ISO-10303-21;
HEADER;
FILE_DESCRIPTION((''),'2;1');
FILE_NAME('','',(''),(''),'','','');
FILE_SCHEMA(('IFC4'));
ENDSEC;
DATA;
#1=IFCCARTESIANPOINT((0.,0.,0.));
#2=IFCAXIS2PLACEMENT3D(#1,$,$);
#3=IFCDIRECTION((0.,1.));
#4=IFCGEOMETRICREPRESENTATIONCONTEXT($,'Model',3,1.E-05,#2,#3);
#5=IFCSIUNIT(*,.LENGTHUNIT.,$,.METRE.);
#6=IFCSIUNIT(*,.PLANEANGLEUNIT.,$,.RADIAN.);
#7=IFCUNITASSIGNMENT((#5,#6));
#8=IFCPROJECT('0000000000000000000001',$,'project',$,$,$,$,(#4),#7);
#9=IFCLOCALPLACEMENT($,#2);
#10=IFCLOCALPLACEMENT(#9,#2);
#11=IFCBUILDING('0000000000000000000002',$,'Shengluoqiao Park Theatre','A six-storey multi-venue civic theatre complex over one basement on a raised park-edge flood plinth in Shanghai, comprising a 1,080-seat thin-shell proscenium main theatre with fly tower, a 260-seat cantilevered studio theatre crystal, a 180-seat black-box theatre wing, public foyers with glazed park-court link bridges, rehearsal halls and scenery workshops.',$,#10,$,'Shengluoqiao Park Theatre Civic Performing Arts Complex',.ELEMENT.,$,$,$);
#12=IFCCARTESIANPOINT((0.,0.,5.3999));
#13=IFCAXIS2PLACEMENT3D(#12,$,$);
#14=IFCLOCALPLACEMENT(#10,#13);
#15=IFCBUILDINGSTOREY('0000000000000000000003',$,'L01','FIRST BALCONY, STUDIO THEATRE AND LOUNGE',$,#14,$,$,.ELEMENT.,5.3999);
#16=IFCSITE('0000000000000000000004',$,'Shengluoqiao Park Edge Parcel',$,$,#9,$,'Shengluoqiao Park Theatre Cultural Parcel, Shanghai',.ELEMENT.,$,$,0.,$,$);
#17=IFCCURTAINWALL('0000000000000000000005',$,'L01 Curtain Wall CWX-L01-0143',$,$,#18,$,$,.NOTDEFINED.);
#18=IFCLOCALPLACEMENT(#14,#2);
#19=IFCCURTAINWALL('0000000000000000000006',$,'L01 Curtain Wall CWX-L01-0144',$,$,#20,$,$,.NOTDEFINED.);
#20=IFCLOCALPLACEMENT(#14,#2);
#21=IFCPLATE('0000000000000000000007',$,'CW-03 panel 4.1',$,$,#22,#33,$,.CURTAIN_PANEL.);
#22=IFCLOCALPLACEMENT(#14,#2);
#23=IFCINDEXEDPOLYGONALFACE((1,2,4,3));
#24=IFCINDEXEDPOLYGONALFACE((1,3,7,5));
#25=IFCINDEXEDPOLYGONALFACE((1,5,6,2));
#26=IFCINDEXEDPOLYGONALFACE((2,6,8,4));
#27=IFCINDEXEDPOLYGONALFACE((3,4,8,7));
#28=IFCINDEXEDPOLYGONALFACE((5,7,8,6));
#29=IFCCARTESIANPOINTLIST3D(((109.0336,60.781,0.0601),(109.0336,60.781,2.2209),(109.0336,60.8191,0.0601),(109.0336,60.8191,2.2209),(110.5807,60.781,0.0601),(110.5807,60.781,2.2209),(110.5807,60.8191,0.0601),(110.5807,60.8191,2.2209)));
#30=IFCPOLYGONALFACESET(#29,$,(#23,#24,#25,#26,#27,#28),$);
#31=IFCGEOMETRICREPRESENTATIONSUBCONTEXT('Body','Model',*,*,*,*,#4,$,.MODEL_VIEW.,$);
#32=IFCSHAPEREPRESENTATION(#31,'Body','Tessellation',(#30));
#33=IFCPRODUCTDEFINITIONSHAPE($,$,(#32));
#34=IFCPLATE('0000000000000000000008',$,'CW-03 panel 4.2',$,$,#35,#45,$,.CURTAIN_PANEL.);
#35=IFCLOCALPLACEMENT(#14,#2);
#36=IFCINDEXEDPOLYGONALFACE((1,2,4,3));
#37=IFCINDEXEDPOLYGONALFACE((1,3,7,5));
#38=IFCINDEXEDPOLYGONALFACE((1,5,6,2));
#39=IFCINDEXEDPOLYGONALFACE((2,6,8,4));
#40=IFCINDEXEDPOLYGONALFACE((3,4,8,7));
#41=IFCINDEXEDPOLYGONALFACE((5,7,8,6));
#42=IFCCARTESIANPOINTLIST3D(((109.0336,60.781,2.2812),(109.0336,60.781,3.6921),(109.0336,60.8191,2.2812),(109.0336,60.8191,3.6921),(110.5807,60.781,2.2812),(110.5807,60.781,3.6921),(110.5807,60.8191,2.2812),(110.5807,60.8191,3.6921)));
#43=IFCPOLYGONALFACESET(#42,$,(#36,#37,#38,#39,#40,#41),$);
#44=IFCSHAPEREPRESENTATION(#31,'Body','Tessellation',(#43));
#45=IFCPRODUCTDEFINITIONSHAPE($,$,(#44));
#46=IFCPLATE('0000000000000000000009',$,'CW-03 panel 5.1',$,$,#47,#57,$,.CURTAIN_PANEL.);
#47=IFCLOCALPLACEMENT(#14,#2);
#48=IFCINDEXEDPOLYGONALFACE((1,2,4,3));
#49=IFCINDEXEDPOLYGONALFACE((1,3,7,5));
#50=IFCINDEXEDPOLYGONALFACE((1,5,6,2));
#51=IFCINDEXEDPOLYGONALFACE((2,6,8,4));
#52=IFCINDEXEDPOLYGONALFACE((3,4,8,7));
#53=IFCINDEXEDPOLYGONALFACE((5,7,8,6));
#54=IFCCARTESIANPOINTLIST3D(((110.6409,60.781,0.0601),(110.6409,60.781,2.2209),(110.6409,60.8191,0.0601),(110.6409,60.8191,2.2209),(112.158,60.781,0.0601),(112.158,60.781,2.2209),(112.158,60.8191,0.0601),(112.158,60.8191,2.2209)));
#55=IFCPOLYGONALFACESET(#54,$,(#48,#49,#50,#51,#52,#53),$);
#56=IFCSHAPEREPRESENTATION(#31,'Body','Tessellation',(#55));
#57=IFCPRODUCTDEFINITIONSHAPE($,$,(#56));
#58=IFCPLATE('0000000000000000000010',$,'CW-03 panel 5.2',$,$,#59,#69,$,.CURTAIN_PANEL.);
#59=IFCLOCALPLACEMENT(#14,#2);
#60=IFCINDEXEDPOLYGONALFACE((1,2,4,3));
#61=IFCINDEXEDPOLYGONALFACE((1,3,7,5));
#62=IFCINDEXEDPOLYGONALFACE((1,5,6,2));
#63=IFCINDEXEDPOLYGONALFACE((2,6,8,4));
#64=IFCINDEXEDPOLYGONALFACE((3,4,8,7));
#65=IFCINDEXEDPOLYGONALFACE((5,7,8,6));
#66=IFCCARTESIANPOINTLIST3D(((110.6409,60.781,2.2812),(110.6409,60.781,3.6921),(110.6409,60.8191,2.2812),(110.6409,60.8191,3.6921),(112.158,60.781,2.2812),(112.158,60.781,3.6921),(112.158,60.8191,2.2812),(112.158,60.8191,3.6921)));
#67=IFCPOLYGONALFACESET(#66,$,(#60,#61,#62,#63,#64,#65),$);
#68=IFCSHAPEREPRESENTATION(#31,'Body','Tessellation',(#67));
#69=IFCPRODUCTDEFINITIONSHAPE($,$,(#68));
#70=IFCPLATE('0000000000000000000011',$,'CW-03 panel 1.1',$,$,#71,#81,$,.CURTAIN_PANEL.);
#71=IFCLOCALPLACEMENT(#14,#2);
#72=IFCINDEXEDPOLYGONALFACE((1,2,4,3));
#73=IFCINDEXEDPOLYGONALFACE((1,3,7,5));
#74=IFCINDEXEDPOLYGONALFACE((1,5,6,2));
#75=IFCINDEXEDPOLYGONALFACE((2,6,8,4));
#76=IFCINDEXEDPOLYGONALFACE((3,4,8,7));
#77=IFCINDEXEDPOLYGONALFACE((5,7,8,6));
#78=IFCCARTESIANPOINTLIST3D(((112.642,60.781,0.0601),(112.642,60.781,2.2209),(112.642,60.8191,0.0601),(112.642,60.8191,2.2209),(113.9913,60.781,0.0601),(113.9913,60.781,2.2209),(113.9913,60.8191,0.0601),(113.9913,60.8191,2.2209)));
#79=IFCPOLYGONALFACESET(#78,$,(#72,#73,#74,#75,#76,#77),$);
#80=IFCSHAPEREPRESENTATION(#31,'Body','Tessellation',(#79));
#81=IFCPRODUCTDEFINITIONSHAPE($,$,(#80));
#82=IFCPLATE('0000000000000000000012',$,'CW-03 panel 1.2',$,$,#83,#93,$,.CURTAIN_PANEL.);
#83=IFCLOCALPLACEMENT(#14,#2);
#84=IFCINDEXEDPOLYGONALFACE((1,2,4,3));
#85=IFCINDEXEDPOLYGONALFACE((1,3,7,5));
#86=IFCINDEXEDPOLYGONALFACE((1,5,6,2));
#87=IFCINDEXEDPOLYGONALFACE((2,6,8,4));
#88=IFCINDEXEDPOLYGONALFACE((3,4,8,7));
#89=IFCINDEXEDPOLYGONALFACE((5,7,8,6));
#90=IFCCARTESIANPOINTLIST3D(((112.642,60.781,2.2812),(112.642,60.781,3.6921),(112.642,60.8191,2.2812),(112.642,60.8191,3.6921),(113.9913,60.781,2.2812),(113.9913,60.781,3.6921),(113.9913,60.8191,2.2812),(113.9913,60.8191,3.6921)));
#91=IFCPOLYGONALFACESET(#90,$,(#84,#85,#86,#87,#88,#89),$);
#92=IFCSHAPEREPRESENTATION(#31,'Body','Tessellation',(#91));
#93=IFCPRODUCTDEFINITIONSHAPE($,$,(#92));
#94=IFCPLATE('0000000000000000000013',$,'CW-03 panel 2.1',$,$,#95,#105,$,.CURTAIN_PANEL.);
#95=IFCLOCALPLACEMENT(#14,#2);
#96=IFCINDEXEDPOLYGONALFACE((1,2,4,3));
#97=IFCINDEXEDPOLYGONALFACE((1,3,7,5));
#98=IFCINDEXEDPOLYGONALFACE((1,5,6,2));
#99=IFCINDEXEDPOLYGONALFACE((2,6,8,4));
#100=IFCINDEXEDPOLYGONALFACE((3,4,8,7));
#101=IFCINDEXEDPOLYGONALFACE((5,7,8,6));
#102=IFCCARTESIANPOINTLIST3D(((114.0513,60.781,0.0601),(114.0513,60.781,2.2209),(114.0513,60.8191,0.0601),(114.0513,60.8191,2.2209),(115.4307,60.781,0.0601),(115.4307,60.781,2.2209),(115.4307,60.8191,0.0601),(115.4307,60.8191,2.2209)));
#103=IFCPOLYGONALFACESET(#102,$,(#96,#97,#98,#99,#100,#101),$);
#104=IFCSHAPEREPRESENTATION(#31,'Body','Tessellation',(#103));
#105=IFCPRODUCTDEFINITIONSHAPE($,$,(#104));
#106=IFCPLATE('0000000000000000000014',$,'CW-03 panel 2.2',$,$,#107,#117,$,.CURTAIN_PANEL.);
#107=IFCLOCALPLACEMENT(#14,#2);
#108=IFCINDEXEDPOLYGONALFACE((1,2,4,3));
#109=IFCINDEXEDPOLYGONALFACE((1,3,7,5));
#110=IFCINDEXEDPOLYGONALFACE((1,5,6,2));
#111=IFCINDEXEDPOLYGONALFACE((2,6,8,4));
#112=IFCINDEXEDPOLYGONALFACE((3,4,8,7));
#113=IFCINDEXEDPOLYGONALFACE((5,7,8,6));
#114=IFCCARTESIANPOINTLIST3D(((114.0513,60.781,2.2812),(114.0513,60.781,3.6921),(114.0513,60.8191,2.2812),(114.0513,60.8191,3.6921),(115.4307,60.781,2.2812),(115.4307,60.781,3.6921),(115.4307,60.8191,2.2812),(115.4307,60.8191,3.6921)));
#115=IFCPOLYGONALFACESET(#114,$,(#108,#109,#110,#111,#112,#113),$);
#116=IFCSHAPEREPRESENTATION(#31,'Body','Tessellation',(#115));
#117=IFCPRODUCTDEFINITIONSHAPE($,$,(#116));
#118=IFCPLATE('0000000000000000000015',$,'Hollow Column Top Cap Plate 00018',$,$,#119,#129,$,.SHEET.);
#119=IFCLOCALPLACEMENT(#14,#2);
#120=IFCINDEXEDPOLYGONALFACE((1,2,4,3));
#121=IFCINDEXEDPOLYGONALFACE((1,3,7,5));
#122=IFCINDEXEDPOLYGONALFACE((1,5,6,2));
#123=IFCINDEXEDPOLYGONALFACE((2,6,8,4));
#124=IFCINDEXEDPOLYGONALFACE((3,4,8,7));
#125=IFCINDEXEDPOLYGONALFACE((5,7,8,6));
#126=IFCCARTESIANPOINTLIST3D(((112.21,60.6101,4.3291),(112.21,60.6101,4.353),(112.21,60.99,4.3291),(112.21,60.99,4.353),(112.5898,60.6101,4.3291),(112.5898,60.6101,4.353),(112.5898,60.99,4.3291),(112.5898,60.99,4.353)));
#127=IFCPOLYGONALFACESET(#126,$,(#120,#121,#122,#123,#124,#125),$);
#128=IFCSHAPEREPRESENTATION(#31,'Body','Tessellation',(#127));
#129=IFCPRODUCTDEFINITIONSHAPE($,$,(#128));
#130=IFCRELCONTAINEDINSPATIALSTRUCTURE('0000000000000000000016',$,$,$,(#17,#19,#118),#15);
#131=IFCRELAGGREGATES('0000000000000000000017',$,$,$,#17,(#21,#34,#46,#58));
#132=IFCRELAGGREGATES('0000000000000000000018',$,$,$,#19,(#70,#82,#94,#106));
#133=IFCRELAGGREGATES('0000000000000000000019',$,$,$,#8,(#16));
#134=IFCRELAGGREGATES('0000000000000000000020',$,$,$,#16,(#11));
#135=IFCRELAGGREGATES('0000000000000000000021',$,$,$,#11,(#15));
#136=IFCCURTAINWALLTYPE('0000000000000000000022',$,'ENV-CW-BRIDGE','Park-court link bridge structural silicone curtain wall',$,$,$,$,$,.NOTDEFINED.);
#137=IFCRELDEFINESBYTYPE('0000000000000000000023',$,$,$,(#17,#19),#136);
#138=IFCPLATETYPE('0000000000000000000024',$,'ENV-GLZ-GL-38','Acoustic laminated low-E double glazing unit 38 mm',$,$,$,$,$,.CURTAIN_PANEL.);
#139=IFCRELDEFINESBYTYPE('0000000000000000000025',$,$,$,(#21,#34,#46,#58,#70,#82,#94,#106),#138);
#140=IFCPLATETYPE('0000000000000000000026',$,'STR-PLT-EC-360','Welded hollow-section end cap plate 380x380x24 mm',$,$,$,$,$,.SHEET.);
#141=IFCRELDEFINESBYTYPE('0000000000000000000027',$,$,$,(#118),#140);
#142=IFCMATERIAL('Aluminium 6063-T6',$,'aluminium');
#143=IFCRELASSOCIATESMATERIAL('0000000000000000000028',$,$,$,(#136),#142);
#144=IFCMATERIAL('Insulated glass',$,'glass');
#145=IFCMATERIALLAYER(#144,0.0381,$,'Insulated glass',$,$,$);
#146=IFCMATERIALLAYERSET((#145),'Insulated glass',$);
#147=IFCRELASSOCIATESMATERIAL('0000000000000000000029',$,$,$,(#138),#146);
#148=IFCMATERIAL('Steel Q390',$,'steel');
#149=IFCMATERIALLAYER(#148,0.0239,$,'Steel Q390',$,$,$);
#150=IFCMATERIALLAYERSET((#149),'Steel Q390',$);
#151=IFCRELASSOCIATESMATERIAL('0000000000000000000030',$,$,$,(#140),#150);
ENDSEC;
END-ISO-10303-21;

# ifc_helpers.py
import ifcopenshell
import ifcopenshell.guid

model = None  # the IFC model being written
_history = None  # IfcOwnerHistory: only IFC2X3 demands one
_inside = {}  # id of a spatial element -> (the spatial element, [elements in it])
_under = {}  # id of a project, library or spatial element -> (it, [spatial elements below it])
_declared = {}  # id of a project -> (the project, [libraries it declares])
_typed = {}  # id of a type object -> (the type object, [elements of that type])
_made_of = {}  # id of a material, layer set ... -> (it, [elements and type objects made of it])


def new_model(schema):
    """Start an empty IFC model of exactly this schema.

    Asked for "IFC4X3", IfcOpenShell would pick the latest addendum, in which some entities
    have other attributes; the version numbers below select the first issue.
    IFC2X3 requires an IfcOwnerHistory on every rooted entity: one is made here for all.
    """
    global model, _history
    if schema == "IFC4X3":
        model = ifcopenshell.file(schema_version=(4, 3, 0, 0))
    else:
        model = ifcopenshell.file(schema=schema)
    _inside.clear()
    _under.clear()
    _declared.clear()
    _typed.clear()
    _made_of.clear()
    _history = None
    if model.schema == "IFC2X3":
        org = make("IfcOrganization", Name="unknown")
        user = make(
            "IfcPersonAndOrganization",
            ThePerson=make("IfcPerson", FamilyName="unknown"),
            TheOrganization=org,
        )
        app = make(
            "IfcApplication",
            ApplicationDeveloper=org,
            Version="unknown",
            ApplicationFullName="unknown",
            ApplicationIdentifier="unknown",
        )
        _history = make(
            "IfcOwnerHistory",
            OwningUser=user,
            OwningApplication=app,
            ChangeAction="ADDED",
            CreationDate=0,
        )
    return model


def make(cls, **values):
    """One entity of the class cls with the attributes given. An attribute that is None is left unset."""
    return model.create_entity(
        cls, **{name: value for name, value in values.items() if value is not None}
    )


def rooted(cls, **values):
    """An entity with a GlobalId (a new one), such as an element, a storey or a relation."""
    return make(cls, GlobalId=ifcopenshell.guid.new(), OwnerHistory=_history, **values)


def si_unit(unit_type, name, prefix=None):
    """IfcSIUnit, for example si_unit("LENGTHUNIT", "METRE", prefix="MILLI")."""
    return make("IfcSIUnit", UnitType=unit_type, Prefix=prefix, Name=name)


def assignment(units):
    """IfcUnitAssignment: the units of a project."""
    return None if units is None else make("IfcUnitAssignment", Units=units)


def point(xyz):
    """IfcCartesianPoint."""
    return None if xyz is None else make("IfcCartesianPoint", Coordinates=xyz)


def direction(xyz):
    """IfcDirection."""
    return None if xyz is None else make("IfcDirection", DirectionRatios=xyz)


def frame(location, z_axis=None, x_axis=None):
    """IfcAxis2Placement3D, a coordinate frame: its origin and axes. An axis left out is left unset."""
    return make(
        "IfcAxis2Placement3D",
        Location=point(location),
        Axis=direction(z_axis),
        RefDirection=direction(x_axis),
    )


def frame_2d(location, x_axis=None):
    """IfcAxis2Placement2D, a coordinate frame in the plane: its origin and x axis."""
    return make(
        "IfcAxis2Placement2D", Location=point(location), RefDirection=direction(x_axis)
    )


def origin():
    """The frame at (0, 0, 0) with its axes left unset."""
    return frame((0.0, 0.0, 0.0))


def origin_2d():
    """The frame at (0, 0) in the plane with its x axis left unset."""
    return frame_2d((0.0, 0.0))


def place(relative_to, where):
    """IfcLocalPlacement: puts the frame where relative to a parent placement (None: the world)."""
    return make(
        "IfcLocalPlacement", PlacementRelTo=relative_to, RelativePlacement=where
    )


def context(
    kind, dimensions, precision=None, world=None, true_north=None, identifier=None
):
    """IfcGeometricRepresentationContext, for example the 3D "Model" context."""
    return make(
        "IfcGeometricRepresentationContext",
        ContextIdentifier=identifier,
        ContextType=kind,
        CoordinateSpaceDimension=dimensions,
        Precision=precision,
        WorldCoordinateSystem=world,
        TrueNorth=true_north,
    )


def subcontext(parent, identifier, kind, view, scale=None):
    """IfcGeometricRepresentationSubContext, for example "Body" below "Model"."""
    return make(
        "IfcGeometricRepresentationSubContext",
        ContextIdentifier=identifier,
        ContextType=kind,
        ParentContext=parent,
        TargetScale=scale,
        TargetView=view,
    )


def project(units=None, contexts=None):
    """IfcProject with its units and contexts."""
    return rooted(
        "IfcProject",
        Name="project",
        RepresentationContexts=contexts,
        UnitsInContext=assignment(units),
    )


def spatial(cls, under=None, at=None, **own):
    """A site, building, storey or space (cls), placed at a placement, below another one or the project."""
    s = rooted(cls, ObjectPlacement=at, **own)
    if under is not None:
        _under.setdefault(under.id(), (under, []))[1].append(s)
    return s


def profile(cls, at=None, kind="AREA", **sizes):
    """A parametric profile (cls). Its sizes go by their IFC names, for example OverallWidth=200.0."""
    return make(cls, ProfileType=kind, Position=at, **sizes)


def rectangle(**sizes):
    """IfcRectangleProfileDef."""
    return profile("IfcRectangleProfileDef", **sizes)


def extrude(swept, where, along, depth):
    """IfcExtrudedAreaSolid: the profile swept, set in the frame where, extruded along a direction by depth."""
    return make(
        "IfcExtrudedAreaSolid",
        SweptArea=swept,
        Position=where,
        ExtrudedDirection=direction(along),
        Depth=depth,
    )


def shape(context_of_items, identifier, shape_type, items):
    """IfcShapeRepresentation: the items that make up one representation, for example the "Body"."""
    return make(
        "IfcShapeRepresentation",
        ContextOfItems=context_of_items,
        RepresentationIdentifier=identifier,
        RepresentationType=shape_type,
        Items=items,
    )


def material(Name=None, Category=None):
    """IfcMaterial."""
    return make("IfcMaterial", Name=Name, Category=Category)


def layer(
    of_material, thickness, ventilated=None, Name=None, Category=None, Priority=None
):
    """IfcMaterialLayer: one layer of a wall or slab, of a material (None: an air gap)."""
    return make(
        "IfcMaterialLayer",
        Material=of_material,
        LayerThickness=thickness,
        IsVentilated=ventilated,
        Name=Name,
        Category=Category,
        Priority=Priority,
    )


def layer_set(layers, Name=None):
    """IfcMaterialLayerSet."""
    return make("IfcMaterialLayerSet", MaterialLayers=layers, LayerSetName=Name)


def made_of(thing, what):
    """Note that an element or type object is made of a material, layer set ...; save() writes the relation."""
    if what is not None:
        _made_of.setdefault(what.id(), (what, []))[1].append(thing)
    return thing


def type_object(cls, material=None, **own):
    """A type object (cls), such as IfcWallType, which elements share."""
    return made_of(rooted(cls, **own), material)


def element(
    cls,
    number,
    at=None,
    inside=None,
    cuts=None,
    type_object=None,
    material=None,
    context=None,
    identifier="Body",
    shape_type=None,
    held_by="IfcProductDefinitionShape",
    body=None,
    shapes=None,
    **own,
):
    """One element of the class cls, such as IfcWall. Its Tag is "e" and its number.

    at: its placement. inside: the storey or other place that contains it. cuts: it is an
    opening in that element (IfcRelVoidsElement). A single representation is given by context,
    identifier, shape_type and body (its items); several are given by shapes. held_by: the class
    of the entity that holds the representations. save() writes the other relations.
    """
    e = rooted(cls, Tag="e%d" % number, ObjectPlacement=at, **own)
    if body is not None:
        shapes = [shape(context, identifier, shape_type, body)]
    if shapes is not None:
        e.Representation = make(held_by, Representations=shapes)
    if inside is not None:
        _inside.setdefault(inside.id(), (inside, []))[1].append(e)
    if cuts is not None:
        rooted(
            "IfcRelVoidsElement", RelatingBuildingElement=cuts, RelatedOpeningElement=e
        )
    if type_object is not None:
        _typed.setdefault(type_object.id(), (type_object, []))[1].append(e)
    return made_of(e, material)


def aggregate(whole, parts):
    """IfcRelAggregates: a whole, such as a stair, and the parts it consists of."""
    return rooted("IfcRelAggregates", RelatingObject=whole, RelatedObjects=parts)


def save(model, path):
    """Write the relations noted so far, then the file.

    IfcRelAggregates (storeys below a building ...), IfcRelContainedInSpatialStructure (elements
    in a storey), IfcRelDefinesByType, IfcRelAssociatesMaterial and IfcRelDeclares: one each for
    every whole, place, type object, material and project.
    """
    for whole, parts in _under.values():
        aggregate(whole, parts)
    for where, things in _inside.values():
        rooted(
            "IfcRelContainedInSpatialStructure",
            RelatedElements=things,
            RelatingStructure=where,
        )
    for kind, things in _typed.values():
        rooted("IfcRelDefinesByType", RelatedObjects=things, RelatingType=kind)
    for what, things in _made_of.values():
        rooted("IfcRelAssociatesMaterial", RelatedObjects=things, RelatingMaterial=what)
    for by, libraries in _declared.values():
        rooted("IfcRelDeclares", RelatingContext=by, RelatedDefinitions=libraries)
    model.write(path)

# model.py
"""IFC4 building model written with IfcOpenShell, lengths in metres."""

from ifc_helpers import new_model, si_unit, direction, frame, origin, origin_2d, place, context, subcontext, project, spatial, rectangle, extrude, material, layer, layer_set, type_object, element, aggregate, save


model = new_model("IFC4")

# Units and contexts
model_context = context("Model", 3, precision=1e-05, world=origin(), true_north=direction((0.0, 1.0)))
body_context = subcontext(model_context, "Body", "Model", "MODEL_VIEW")
ifc_project = project(units=[si_unit("LENGTHUNIT", "METRE"), si_unit("PLANEANGLEUNIT", "RADIAN")], contexts=[model_context])

# Site, building, storey
site_placement = place(None, origin())
site = spatial("IfcSite", under=ifc_project, at=site_placement, Name="Shengluoqiao Park Edge Parcel", LongName="Shengluoqiao Park Theatre Cultural Parcel, Shanghai", CompositionType="ELEMENT", RefElevation=0.0)
building_placement = place(site_placement, origin())
building = spatial("IfcBuilding", under=site, at=building_placement, Name="Shengluoqiao Park Theatre", Description="A six-storey multi-venue civic theatre complex over one basement on a raised park-edge flood plinth in Shanghai, comprising a 1,080-seat thin-shell proscenium main theatre with fly tower, a 260-seat cantilevered studio theatre crystal, a 180-seat black-box theatre wing, public foyers with glazed park-court link bridges, rehearsal halls and scenery workshops.", LongName="Shengluoqiao Park Theatre Civic Performing Arts Complex", CompositionType="ELEMENT")
storey_placement = place(building_placement, frame((0.0, 0.0, 5.3999)))
storey = spatial("IfcBuildingStorey", under=building, at=storey_placement, Name="L01", Description="FIRST BALCONY, STUDIO THEATRE AND LOUNGE", CompositionType="ELEMENT", Elevation=5.3999)

# Curtain walls
ifc_material_1 = material(Name="Aluminium 6063-T6", Category="aluminium")
curtain_wall_type = type_object("IfcCurtainWallType", Name="ENV-CW-BRIDGE", Description="Park-court link bridge structural silicone curtain wall", PredefinedType="NOTDEFINED", material=ifc_material_1)
curtain_wall_1_placement = place(storey_placement, origin())
curtain_wall_1 = element("IfcCurtainWall", 1, at=curtain_wall_1_placement, inside=storey, type_object=curtain_wall_type, Name="L01 Curtain Wall CWX-L01-0143", PredefinedType="NOTDEFINED")
curtain_wall_2_placement = place(storey_placement, origin())
curtain_wall_2 = element("IfcCurtainWall", 2, at=curtain_wall_2_placement, inside=storey, type_object=curtain_wall_type, Name="L01 Curtain Wall CWX-L01-0144", PredefinedType="NOTDEFINED")

# Plates
ifc_material_2 = material(Name="Insulated glass", Category="glass")
ifc_layer_1 = layer(ifc_material_2, 0.0381, Name="Insulated glass")
ifc_layer_set_1 = layer_set([ifc_layer_1], Name="Insulated glass")
plate_type_1 = type_object("IfcPlateType", Name="ENV-GLZ-GL-38", Description="Acoustic laminated low-E double glazing unit 38 mm", PredefinedType="CURTAIN_PANEL", material=ifc_layer_set_1)
plate_1_placement = place(storey_placement, frame((109.8071, 60.8, 0.0601), z_axis=(0.0, 0.0, 1.0), x_axis=(1.0, 0.0, 0.0)))
plate_1 = element("IfcPlate", 3, at=plate_1_placement, type_object=plate_type_1, Name="CW-03 panel 4.1", PredefinedType="CURTAIN_PANEL", context=body_context, shape_type="SweptSolid", body=[
    extrude(rectangle(XDim=1.5471, YDim=0.0381, at=origin_2d()), origin(), (0.0, 0.0, 1.0), 2.1609),
])
plate_2_placement = place(storey_placement, frame((109.8071, 60.8, 2.2812), z_axis=(0.0, 0.0, 1.0), x_axis=(1.0, 0.0, 0.0)))
plate_2 = element("IfcPlate", 4, at=plate_2_placement, type_object=plate_type_1, Name="CW-03 panel 4.2", PredefinedType="CURTAIN_PANEL", context=body_context, shape_type="SweptSolid", body=[
    extrude(rectangle(XDim=1.5471, YDim=0.0381, at=origin_2d()), origin(), (0.0, 0.0, 1.0), 1.4109),
])
plate_3_placement = place(storey_placement, frame((111.3994, 60.8, 0.0601), z_axis=(0.0, 0.0, 1.0), x_axis=(1.0, 0.0, 0.0)))
plate_3 = element("IfcPlate", 5, at=plate_3_placement, type_object=plate_type_1, Name="CW-03 panel 5.1", PredefinedType="CURTAIN_PANEL", context=body_context, shape_type="SweptSolid", body=[
    extrude(rectangle(XDim=1.5171, YDim=0.0381, at=origin_2d()), origin(), (0.0, 0.0, 1.0), 2.1609),
])
plate_4_placement = place(storey_placement, frame((111.3994, 60.8, 2.2812), z_axis=(0.0, 0.0, 1.0), x_axis=(1.0, 0.0, 0.0)))
plate_4 = element("IfcPlate", 6, at=plate_4_placement, type_object=plate_type_1, Name="CW-03 panel 5.2", PredefinedType="CURTAIN_PANEL", context=body_context, shape_type="SweptSolid", body=[
    extrude(rectangle(XDim=1.5171, YDim=0.0381, at=origin_2d()), origin(), (0.0, 0.0, 1.0), 1.4109),
])
aggregate(curtain_wall_1, [plate_1, plate_2, plate_3, plate_4])
plate_5_placement = place(storey_placement, frame((113.3167, 60.8, 0.0601), z_axis=(0.0, 0.0, 1.0), x_axis=(1.0, 0.0, 0.0)))
plate_5 = element("IfcPlate", 7, at=plate_5_placement, type_object=plate_type_1, Name="CW-03 panel 1.1", PredefinedType="CURTAIN_PANEL", context=body_context, shape_type="SweptSolid", body=[
    extrude(rectangle(XDim=1.3494, YDim=0.0381, at=origin_2d()), origin(), (0.0, 0.0, 1.0), 2.1609),
])
plate_6_placement = place(storey_placement, frame((113.3167, 60.8, 2.2812), z_axis=(0.0, 0.0, 1.0), x_axis=(1.0, 0.0, 0.0)))
plate_6 = element("IfcPlate", 8, at=plate_6_placement, type_object=plate_type_1, Name="CW-03 panel 1.2", PredefinedType="CURTAIN_PANEL", context=body_context, shape_type="SweptSolid", body=[
    extrude(rectangle(XDim=1.3494, YDim=0.0381, at=origin_2d()), origin(), (0.0, 0.0, 1.0), 1.4109),
])
plate_7_placement = place(storey_placement, frame((114.741, 60.8, 0.0601), z_axis=(0.0, 0.0, 1.0), x_axis=(1.0, 0.0, 0.0)))
plate_7 = element("IfcPlate", 9, at=plate_7_placement, type_object=plate_type_1, Name="CW-03 panel 2.1", PredefinedType="CURTAIN_PANEL", context=body_context, shape_type="SweptSolid", body=[
    extrude(rectangle(XDim=1.3794, YDim=0.0381, at=origin_2d()), origin(), (0.0, 0.0, 1.0), 2.1609),
])
plate_8_placement = place(storey_placement, frame((114.741, 60.8, 2.2812), z_axis=(0.0, 0.0, 1.0), x_axis=(1.0, 0.0, 0.0)))
plate_8 = element("IfcPlate", 10, at=plate_8_placement, type_object=plate_type_1, Name="CW-03 panel 2.2", PredefinedType="CURTAIN_PANEL", context=body_context, shape_type="SweptSolid", body=[
    extrude(rectangle(XDim=1.3794, YDim=0.0381, at=origin_2d()), origin(), (0.0, 0.0, 1.0), 1.4109),
])
aggregate(curtain_wall_2, [plate_5, plate_6, plate_7, plate_8])
ifc_material_3 = material(Name="Steel Q390", Category="steel")
ifc_layer_2 = layer(ifc_material_3, 0.0239, Name="Steel Q390")
ifc_layer_set_2 = layer_set([ifc_layer_2], Name="Steel Q390")
plate_type_2 = type_object("IfcPlateType", Name="STR-PLT-EC-360", Description="Welded hollow-section end cap plate 380x380x24 mm", PredefinedType="SHEET", material=ifc_layer_set_2)
plate_9_placement = place(storey_placement, frame((112.3999, 60.8, 4.3291), z_axis=(0.0, 0.0, 1.0), x_axis=(1.0, 0.0, 0.0)))
element("IfcPlate", 11, at=plate_9_placement, inside=storey, type_object=plate_type_2, Name="Hollow Column Top Cap Plate 00018", PredefinedType="SHEET", context=body_context, shape_type="SweptSolid", body=[
    extrude(rectangle(XDim=0.3799, YDim=0.3799, at=origin_2d()), origin(), (0.0, 0.0, 1.0), 0.0239),
])

save(model, "model.ifc")
